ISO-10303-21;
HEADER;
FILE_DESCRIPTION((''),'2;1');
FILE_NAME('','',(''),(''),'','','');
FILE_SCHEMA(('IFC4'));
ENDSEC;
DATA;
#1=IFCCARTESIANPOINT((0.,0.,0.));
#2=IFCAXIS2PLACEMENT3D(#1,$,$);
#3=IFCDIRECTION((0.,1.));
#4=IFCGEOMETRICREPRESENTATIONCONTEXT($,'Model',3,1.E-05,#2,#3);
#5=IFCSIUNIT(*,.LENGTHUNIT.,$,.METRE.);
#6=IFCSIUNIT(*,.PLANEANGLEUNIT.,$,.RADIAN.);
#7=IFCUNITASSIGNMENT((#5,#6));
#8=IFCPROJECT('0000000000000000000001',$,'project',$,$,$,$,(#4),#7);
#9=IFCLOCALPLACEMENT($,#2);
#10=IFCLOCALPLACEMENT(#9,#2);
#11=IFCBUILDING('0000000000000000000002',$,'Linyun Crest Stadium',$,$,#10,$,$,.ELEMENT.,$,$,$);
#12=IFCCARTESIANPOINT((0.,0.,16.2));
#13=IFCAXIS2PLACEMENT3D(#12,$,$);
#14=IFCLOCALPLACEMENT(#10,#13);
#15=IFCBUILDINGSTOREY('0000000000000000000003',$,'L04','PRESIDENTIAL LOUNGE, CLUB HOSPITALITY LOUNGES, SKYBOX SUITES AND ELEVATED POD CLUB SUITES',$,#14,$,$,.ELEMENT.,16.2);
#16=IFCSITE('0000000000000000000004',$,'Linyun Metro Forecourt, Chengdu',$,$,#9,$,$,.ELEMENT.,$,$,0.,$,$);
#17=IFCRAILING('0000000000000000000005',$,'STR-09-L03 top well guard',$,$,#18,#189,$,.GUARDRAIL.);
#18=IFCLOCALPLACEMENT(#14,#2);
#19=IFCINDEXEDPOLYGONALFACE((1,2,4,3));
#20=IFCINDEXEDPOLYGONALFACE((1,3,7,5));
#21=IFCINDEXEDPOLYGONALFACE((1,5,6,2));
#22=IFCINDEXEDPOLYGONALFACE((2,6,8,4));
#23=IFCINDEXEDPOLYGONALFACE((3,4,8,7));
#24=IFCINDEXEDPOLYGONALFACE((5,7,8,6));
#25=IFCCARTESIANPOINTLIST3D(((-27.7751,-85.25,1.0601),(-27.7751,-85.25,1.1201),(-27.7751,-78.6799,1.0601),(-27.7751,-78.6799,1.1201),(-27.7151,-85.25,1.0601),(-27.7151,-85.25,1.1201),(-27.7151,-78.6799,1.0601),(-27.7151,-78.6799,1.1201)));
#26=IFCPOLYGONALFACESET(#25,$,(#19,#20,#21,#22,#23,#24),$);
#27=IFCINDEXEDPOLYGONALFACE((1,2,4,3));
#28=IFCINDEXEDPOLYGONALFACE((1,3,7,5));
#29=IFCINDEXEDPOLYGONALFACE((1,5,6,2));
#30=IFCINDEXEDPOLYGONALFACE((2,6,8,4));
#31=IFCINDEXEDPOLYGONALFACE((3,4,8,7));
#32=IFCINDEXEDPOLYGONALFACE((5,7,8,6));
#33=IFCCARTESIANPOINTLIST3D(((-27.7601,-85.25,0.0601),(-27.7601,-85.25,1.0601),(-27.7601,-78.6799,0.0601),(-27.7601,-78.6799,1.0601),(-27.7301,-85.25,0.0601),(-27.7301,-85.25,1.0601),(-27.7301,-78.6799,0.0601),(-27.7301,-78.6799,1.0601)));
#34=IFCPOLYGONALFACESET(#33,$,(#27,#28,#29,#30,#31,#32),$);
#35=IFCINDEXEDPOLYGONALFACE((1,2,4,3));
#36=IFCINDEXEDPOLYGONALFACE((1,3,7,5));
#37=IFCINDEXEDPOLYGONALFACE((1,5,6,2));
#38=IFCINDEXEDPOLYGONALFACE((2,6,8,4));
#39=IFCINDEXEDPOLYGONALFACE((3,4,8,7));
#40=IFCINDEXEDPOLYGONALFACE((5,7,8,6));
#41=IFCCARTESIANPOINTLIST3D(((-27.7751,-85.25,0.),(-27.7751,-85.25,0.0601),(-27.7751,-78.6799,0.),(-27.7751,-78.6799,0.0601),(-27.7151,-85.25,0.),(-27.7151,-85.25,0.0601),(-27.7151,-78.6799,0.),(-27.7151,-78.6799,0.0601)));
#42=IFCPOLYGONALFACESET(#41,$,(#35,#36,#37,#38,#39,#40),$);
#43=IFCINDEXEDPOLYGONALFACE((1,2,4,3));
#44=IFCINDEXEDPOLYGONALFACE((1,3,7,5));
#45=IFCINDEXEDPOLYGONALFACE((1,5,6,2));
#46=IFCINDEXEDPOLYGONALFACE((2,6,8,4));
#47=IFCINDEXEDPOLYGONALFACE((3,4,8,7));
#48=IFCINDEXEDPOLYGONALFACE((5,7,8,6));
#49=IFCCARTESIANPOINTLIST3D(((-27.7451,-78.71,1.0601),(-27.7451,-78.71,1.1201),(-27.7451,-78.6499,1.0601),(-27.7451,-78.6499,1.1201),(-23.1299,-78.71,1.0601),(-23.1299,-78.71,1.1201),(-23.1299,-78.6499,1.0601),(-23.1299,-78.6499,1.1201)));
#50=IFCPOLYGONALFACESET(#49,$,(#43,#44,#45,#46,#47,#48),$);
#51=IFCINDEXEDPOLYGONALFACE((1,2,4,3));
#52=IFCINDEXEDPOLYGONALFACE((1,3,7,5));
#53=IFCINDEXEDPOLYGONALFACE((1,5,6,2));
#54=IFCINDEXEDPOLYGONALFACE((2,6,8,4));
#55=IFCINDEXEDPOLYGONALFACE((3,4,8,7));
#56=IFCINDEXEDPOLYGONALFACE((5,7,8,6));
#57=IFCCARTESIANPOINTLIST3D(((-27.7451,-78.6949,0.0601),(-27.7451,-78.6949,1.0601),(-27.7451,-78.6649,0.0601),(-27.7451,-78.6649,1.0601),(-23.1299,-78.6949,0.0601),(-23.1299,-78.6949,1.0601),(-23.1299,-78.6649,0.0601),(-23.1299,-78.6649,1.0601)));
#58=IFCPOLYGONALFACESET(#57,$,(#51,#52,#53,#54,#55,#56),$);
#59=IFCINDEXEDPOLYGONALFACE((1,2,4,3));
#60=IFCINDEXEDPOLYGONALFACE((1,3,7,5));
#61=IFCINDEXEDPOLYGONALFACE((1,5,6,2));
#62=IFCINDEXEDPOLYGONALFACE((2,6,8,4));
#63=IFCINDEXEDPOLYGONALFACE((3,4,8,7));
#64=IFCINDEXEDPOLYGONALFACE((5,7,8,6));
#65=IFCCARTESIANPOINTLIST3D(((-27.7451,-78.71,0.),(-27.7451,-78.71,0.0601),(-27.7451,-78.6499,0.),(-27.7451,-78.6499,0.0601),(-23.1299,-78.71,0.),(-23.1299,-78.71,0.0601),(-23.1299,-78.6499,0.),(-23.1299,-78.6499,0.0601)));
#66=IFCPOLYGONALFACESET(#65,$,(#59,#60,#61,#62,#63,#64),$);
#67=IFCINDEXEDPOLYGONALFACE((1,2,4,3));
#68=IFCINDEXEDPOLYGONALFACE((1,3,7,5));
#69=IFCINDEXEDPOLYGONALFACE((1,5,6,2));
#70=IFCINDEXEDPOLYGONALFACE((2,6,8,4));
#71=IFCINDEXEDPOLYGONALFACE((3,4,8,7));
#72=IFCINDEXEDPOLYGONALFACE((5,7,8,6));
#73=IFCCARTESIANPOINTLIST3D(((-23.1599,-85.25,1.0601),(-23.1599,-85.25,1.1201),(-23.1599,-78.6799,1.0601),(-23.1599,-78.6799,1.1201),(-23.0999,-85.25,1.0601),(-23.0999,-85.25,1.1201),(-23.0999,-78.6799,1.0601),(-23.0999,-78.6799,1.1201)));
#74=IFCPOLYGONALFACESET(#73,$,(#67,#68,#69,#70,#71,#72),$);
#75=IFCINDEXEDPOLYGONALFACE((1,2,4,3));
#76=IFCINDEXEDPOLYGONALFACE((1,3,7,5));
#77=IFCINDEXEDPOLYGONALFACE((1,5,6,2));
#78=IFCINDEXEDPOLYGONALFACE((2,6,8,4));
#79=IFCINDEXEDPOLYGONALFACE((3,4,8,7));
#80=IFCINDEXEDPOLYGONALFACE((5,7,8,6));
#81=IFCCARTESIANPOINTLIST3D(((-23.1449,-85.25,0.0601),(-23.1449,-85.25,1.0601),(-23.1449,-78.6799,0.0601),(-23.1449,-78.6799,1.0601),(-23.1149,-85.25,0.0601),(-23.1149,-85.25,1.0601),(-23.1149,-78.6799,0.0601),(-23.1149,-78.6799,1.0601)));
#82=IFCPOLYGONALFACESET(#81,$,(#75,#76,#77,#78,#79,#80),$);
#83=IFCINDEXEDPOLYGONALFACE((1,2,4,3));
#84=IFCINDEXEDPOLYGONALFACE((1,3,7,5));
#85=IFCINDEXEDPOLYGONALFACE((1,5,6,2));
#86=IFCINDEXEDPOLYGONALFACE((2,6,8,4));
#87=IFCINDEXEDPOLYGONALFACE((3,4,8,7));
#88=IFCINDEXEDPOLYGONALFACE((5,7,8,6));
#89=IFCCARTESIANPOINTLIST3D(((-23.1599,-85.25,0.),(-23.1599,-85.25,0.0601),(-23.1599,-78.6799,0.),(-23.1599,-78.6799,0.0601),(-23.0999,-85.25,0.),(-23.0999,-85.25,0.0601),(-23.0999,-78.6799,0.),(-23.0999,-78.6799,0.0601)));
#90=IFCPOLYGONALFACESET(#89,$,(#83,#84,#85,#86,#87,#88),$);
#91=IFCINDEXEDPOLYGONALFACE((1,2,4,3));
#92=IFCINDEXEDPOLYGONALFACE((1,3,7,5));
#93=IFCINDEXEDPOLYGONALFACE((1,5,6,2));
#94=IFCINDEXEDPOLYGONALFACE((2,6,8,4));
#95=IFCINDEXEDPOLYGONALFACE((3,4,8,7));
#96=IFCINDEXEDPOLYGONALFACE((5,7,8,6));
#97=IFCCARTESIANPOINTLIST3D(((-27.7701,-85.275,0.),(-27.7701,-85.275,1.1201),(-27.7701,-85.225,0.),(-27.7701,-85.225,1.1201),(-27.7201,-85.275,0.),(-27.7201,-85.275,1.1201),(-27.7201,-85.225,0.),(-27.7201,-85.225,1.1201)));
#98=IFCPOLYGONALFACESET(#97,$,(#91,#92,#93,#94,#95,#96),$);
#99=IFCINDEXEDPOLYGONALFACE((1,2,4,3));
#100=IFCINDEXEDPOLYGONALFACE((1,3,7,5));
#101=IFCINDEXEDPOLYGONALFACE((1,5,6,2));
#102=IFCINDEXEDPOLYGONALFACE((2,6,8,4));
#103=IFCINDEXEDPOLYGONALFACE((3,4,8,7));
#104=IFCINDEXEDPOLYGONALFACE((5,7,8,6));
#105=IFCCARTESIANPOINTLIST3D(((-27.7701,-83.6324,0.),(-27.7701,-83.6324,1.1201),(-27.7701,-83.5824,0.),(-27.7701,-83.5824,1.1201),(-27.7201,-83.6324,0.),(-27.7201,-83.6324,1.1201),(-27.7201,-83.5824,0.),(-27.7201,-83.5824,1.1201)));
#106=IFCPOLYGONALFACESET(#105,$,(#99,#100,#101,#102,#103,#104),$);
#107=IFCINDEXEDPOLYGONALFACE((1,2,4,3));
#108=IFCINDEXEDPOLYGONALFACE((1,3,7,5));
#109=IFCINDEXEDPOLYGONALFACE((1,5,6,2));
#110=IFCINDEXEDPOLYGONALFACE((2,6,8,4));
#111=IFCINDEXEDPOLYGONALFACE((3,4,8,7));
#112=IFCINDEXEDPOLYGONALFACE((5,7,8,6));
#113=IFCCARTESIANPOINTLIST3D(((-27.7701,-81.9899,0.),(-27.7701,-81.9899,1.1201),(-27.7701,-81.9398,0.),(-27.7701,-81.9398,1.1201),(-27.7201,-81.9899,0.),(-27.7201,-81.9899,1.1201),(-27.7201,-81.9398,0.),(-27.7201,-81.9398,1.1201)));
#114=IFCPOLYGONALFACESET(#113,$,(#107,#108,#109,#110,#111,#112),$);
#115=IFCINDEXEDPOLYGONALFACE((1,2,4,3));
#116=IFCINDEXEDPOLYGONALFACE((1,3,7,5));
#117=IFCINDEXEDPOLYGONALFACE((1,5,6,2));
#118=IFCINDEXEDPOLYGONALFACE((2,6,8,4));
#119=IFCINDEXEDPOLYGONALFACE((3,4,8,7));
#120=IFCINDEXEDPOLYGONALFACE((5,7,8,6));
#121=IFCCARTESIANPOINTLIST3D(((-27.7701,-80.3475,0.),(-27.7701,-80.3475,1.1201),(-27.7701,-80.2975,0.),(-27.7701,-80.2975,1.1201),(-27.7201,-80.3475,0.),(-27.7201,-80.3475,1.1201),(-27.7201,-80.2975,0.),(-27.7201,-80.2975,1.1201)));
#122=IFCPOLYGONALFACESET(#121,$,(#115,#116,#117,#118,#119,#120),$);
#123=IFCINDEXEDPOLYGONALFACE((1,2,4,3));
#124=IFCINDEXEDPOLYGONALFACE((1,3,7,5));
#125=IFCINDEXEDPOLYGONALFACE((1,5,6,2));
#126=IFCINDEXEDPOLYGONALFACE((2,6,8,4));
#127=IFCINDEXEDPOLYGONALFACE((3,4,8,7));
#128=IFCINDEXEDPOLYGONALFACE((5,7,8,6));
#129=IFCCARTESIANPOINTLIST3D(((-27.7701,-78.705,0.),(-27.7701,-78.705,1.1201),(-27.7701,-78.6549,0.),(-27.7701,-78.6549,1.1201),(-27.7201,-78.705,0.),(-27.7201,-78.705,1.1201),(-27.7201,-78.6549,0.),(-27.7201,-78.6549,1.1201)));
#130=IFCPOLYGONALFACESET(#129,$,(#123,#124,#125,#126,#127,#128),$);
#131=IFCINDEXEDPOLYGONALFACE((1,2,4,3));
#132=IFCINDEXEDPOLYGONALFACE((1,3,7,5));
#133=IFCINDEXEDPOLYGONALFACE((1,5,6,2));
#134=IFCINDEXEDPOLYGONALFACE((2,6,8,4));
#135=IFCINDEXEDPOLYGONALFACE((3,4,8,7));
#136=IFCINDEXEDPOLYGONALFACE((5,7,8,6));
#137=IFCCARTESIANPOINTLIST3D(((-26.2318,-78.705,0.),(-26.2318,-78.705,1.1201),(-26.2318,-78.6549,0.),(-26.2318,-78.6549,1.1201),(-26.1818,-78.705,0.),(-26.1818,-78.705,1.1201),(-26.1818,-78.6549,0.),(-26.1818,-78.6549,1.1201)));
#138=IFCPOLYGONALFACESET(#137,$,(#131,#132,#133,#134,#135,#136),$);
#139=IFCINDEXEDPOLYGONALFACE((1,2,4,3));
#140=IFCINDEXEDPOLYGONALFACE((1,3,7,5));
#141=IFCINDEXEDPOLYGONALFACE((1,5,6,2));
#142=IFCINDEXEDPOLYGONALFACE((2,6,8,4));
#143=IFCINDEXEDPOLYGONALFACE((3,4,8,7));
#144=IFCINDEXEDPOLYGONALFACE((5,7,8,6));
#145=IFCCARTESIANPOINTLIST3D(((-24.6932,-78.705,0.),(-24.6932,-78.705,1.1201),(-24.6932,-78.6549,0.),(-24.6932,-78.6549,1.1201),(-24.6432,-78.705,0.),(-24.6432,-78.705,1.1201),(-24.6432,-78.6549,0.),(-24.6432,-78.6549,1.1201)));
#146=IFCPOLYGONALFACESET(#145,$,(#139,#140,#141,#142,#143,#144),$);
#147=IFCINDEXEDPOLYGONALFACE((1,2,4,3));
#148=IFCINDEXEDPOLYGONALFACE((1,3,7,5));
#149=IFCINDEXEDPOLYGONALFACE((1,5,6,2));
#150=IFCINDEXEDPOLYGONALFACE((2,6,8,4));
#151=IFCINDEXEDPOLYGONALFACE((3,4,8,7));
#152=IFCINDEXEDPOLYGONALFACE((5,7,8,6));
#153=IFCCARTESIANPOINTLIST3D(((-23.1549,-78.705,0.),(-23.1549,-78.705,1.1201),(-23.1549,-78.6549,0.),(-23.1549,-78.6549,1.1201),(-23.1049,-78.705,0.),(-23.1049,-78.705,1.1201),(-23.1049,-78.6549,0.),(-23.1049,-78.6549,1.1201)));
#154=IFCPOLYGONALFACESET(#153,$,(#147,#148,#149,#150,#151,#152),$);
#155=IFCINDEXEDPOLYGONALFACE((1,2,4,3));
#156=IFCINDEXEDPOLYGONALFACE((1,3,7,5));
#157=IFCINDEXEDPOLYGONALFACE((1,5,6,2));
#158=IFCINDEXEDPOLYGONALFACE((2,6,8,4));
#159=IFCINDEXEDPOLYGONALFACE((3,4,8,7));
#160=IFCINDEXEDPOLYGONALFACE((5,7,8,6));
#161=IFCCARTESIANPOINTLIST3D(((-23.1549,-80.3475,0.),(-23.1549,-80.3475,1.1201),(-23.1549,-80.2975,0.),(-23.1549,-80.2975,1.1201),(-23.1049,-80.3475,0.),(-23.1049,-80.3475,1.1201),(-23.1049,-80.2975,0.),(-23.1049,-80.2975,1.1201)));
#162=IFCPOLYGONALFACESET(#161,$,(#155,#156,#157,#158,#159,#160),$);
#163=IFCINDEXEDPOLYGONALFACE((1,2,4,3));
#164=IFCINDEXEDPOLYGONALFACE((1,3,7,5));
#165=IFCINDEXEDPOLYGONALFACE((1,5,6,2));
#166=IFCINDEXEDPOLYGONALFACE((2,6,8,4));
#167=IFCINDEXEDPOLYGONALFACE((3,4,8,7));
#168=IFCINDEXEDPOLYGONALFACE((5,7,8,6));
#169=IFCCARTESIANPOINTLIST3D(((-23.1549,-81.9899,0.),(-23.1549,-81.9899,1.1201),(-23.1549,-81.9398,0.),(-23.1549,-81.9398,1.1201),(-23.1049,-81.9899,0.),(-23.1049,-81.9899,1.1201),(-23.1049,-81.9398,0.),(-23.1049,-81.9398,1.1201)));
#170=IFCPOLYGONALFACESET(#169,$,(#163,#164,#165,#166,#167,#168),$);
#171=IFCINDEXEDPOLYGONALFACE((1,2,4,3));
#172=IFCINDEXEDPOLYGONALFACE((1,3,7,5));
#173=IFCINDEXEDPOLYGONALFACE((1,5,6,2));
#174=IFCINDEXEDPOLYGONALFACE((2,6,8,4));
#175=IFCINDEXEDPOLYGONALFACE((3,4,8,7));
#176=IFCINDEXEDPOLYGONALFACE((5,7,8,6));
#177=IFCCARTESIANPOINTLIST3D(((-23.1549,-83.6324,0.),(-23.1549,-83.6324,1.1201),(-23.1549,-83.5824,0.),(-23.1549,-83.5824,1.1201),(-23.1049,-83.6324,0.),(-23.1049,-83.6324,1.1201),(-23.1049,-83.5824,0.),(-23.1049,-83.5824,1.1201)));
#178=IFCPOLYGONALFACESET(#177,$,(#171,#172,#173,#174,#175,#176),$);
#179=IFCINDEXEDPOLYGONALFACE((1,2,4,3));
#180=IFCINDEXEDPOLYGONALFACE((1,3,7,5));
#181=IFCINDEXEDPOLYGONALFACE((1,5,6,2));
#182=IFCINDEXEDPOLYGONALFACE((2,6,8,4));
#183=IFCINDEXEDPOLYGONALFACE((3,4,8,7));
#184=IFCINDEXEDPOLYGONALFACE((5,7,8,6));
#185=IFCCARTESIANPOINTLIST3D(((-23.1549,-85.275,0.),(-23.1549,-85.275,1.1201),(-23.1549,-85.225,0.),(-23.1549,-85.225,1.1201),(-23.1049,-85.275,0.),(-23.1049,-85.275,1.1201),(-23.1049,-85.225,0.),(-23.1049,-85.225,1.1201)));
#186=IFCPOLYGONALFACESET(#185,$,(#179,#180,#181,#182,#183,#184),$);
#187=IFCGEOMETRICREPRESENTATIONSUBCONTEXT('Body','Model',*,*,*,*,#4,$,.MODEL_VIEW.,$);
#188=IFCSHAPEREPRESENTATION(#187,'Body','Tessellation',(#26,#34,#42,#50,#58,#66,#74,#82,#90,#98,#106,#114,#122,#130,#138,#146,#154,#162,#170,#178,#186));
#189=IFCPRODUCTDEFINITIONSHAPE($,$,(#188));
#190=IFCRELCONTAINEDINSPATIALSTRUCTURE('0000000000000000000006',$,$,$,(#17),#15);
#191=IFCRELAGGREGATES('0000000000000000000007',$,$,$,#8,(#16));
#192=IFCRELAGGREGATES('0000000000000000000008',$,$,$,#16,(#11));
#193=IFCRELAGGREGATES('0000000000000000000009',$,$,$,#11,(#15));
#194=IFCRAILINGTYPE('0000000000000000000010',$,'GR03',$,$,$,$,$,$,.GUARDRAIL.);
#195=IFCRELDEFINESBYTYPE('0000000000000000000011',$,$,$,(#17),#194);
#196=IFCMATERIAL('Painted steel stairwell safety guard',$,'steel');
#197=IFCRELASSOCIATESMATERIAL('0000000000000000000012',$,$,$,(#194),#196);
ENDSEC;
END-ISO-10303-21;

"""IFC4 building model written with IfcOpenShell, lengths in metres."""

from ifc_helpers import new_model, si_unit, direction, frame, origin, origin_2d, place, context, subcontext, project, spatial, rectangle, extrude, material, type_object, element, save


model = new_model("IFC4")

# Units and contexts
model_context = context("Model", 3, precision=1e-05, world=origin(), true_north=direction((0.0, 1.0)))
body_context = subcontext(model_context, "Body", "Model", "MODEL_VIEW")
ifc_project = project(units=[si_unit("LENGTHUNIT", "METRE"), si_unit("PLANEANGLEUNIT", "RADIAN")], contexts=[model_context])

# Site, building, storey
site_placement = place(None, origin())
site = spatial("IfcSite", under=ifc_project, at=site_placement, Name="Linyun Metro Forecourt, Chengdu", CompositionType="ELEMENT", RefElevation=0.0)
building_placement = place(site_placement, origin())
building = spatial("IfcBuilding", under=site, at=building_placement, Name="Linyun Crest Stadium", CompositionType="ELEMENT")
storey_placement = place(building_placement, frame((0.0, 0.0, 16.2)))
storey = spatial("IfcBuildingStorey", under=building, at=storey_placement, Name="L04", Description="PRESIDENTIAL LOUNGE, CLUB HOSPITALITY LOUNGES, SKYBOX SUITES AND ELEVATED POD CLUB SUITES", CompositionType="ELEMENT", Elevation=16.2)

# Railing
ifc_material_1 = material(Name="Painted steel stairwell safety guard", Category="steel")
railing_type_1 = type_object("IfcRailingType", Name="GR03", PredefinedType="GUARDRAIL", material=ifc_material_1)
railing_1_placement = place(storey_placement, frame((-27.7451, -85.25, 0.0)))
element("IfcRailing", 1, at=railing_1_placement, inside=storey, type_object=railing_type_1, Name="STR-09-L03 top well guard", PredefinedType="GUARDRAIL", context=body_context, shape_type="SweptSolid", body=[
    extrude(rectangle(XDim=0.0601, YDim=0.0601, at=origin_2d()), frame((0.0, 0.0, 1.0901), z_axis=(0.0, 1.0, 0.0), x_axis=(-1.0, 0.0, 0.0)), (0.0, 0.0, 1.0), 6.5701),
    extrude(rectangle(XDim=0.03, YDim=1.0, at=origin_2d()), frame((0.0, 0.0, 0.5601), z_axis=(0.0, 1.0, 0.0), x_axis=(-1.0, 0.0, 0.0)), (0.0, 0.0, 1.0), 6.5701),
    extrude(rectangle(XDim=0.0601, YDim=0.0601, at=origin_2d()), frame((0.0, 0.0, 0.03), z_axis=(0.0, 1.0, 0.0), x_axis=(-1.0, 0.0, 0.0)), (0.0, 0.0, 1.0), 6.5701),
    extrude(rectangle(XDim=0.0601, YDim=0.0601, at=origin_2d()), frame((0.0, 6.5701, 1.0901), z_axis=(1.0, 0.0, 0.0), x_axis=(0.0, 1.0, 0.0)), (0.0, 0.0, 1.0), 4.6152),
    extrude(rectangle(XDim=0.03, YDim=1.0, at=origin_2d()), frame((0.0, 6.5701, 0.5601), z_axis=(1.0, 0.0, 0.0), x_axis=(0.0, 1.0, 0.0)), (0.0, 0.0, 1.0), 4.6152),
    extrude(rectangle(XDim=0.0601, YDim=0.0601, at=origin_2d()), frame((0.0, 6.5701, 0.03), z_axis=(1.0, 0.0, 0.0), x_axis=(0.0, 1.0, 0.0)), (0.0, 0.0, 1.0), 4.6152),
    extrude(rectangle(XDim=0.0601, YDim=0.0601, at=origin_2d()), frame((4.6152, 6.5701, 1.0901), z_axis=(0.0, -1.0, 0.0), x_axis=(1.0, 0.0, 0.0)), (0.0, 0.0, 1.0), 6.5701),
    extrude(rectangle(XDim=0.03, YDim=1.0, at=origin_2d()), frame((4.6152, 6.5701, 0.5601), z_axis=(0.0, -1.0, 0.0), x_axis=(1.0, 0.0, 0.0)), (0.0, 0.0, 1.0), 6.5701),
    extrude(rectangle(XDim=0.0601, YDim=0.0601, at=origin_2d()), frame((4.6152, 6.5701, 0.03), z_axis=(0.0, -1.0, 0.0), x_axis=(1.0, 0.0, 0.0)), (0.0, 0.0, 1.0), 6.5701),
    extrude(rectangle(XDim=0.05, YDim=0.05, at=origin_2d()), origin(), (0.0, 0.0, 1.0), 1.1201),
    extrude(rectangle(XDim=0.05, YDim=0.05, at=origin_2d()), frame((0.0, 1.6426, 0.0)), (0.0, 0.0, 1.0), 1.1201),
    extrude(rectangle(XDim=0.05, YDim=0.05, at=origin_2d()), frame((0.0, 3.2852, 0.0)), (0.0, 0.0, 1.0), 1.1201),
    extrude(rectangle(XDim=0.05, YDim=0.05, at=origin_2d()), frame((0.0, 4.9275, 0.0)), (0.0, 0.0, 1.0), 1.1201),
    extrude(rectangle(XDim=0.05, YDim=0.05, at=origin_2d()), frame((0.0, 6.5701, 0.0)), (0.0, 0.0, 1.0), 1.1201),
    extrude(rectangle(XDim=0.05, YDim=0.05, at=origin_2d()), frame((1.5383, 6.5701, 0.0)), (0.0, 0.0, 1.0), 1.1201),
    extrude(rectangle(XDim=0.05, YDim=0.05, at=origin_2d()), frame((3.0769, 6.5701, 0.0)), (0.0, 0.0, 1.0), 1.1201),
    extrude(rectangle(XDim=0.05, YDim=0.05, at=origin_2d()), frame((4.6152, 6.5701, 0.0)), (0.0, 0.0, 1.0), 1.1201),
    extrude(rectangle(XDim=0.05, YDim=0.05, at=origin_2d()), frame((4.6152, 4.9275, 0.0)), (0.0, 0.0, 1.0), 1.1201),
    extrude(rectangle(XDim=0.05, YDim=0.05, at=origin_2d()), frame((4.6152, 3.2852, 0.0)), (0.0, 0.0, 1.0), 1.1201),
    extrude(rectangle(XDim=0.05, YDim=0.05, at=origin_2d()), frame((4.6152, 1.6426, 0.0)), (0.0, 0.0, 1.0), 1.1201),
    extrude(rectangle(XDim=0.05, YDim=0.05, at=origin_2d()), frame((4.6152, 0.0, 0.0)), (0.0, 0.0, 1.0), 1.1201),
])

save(model, "model.ifc")
